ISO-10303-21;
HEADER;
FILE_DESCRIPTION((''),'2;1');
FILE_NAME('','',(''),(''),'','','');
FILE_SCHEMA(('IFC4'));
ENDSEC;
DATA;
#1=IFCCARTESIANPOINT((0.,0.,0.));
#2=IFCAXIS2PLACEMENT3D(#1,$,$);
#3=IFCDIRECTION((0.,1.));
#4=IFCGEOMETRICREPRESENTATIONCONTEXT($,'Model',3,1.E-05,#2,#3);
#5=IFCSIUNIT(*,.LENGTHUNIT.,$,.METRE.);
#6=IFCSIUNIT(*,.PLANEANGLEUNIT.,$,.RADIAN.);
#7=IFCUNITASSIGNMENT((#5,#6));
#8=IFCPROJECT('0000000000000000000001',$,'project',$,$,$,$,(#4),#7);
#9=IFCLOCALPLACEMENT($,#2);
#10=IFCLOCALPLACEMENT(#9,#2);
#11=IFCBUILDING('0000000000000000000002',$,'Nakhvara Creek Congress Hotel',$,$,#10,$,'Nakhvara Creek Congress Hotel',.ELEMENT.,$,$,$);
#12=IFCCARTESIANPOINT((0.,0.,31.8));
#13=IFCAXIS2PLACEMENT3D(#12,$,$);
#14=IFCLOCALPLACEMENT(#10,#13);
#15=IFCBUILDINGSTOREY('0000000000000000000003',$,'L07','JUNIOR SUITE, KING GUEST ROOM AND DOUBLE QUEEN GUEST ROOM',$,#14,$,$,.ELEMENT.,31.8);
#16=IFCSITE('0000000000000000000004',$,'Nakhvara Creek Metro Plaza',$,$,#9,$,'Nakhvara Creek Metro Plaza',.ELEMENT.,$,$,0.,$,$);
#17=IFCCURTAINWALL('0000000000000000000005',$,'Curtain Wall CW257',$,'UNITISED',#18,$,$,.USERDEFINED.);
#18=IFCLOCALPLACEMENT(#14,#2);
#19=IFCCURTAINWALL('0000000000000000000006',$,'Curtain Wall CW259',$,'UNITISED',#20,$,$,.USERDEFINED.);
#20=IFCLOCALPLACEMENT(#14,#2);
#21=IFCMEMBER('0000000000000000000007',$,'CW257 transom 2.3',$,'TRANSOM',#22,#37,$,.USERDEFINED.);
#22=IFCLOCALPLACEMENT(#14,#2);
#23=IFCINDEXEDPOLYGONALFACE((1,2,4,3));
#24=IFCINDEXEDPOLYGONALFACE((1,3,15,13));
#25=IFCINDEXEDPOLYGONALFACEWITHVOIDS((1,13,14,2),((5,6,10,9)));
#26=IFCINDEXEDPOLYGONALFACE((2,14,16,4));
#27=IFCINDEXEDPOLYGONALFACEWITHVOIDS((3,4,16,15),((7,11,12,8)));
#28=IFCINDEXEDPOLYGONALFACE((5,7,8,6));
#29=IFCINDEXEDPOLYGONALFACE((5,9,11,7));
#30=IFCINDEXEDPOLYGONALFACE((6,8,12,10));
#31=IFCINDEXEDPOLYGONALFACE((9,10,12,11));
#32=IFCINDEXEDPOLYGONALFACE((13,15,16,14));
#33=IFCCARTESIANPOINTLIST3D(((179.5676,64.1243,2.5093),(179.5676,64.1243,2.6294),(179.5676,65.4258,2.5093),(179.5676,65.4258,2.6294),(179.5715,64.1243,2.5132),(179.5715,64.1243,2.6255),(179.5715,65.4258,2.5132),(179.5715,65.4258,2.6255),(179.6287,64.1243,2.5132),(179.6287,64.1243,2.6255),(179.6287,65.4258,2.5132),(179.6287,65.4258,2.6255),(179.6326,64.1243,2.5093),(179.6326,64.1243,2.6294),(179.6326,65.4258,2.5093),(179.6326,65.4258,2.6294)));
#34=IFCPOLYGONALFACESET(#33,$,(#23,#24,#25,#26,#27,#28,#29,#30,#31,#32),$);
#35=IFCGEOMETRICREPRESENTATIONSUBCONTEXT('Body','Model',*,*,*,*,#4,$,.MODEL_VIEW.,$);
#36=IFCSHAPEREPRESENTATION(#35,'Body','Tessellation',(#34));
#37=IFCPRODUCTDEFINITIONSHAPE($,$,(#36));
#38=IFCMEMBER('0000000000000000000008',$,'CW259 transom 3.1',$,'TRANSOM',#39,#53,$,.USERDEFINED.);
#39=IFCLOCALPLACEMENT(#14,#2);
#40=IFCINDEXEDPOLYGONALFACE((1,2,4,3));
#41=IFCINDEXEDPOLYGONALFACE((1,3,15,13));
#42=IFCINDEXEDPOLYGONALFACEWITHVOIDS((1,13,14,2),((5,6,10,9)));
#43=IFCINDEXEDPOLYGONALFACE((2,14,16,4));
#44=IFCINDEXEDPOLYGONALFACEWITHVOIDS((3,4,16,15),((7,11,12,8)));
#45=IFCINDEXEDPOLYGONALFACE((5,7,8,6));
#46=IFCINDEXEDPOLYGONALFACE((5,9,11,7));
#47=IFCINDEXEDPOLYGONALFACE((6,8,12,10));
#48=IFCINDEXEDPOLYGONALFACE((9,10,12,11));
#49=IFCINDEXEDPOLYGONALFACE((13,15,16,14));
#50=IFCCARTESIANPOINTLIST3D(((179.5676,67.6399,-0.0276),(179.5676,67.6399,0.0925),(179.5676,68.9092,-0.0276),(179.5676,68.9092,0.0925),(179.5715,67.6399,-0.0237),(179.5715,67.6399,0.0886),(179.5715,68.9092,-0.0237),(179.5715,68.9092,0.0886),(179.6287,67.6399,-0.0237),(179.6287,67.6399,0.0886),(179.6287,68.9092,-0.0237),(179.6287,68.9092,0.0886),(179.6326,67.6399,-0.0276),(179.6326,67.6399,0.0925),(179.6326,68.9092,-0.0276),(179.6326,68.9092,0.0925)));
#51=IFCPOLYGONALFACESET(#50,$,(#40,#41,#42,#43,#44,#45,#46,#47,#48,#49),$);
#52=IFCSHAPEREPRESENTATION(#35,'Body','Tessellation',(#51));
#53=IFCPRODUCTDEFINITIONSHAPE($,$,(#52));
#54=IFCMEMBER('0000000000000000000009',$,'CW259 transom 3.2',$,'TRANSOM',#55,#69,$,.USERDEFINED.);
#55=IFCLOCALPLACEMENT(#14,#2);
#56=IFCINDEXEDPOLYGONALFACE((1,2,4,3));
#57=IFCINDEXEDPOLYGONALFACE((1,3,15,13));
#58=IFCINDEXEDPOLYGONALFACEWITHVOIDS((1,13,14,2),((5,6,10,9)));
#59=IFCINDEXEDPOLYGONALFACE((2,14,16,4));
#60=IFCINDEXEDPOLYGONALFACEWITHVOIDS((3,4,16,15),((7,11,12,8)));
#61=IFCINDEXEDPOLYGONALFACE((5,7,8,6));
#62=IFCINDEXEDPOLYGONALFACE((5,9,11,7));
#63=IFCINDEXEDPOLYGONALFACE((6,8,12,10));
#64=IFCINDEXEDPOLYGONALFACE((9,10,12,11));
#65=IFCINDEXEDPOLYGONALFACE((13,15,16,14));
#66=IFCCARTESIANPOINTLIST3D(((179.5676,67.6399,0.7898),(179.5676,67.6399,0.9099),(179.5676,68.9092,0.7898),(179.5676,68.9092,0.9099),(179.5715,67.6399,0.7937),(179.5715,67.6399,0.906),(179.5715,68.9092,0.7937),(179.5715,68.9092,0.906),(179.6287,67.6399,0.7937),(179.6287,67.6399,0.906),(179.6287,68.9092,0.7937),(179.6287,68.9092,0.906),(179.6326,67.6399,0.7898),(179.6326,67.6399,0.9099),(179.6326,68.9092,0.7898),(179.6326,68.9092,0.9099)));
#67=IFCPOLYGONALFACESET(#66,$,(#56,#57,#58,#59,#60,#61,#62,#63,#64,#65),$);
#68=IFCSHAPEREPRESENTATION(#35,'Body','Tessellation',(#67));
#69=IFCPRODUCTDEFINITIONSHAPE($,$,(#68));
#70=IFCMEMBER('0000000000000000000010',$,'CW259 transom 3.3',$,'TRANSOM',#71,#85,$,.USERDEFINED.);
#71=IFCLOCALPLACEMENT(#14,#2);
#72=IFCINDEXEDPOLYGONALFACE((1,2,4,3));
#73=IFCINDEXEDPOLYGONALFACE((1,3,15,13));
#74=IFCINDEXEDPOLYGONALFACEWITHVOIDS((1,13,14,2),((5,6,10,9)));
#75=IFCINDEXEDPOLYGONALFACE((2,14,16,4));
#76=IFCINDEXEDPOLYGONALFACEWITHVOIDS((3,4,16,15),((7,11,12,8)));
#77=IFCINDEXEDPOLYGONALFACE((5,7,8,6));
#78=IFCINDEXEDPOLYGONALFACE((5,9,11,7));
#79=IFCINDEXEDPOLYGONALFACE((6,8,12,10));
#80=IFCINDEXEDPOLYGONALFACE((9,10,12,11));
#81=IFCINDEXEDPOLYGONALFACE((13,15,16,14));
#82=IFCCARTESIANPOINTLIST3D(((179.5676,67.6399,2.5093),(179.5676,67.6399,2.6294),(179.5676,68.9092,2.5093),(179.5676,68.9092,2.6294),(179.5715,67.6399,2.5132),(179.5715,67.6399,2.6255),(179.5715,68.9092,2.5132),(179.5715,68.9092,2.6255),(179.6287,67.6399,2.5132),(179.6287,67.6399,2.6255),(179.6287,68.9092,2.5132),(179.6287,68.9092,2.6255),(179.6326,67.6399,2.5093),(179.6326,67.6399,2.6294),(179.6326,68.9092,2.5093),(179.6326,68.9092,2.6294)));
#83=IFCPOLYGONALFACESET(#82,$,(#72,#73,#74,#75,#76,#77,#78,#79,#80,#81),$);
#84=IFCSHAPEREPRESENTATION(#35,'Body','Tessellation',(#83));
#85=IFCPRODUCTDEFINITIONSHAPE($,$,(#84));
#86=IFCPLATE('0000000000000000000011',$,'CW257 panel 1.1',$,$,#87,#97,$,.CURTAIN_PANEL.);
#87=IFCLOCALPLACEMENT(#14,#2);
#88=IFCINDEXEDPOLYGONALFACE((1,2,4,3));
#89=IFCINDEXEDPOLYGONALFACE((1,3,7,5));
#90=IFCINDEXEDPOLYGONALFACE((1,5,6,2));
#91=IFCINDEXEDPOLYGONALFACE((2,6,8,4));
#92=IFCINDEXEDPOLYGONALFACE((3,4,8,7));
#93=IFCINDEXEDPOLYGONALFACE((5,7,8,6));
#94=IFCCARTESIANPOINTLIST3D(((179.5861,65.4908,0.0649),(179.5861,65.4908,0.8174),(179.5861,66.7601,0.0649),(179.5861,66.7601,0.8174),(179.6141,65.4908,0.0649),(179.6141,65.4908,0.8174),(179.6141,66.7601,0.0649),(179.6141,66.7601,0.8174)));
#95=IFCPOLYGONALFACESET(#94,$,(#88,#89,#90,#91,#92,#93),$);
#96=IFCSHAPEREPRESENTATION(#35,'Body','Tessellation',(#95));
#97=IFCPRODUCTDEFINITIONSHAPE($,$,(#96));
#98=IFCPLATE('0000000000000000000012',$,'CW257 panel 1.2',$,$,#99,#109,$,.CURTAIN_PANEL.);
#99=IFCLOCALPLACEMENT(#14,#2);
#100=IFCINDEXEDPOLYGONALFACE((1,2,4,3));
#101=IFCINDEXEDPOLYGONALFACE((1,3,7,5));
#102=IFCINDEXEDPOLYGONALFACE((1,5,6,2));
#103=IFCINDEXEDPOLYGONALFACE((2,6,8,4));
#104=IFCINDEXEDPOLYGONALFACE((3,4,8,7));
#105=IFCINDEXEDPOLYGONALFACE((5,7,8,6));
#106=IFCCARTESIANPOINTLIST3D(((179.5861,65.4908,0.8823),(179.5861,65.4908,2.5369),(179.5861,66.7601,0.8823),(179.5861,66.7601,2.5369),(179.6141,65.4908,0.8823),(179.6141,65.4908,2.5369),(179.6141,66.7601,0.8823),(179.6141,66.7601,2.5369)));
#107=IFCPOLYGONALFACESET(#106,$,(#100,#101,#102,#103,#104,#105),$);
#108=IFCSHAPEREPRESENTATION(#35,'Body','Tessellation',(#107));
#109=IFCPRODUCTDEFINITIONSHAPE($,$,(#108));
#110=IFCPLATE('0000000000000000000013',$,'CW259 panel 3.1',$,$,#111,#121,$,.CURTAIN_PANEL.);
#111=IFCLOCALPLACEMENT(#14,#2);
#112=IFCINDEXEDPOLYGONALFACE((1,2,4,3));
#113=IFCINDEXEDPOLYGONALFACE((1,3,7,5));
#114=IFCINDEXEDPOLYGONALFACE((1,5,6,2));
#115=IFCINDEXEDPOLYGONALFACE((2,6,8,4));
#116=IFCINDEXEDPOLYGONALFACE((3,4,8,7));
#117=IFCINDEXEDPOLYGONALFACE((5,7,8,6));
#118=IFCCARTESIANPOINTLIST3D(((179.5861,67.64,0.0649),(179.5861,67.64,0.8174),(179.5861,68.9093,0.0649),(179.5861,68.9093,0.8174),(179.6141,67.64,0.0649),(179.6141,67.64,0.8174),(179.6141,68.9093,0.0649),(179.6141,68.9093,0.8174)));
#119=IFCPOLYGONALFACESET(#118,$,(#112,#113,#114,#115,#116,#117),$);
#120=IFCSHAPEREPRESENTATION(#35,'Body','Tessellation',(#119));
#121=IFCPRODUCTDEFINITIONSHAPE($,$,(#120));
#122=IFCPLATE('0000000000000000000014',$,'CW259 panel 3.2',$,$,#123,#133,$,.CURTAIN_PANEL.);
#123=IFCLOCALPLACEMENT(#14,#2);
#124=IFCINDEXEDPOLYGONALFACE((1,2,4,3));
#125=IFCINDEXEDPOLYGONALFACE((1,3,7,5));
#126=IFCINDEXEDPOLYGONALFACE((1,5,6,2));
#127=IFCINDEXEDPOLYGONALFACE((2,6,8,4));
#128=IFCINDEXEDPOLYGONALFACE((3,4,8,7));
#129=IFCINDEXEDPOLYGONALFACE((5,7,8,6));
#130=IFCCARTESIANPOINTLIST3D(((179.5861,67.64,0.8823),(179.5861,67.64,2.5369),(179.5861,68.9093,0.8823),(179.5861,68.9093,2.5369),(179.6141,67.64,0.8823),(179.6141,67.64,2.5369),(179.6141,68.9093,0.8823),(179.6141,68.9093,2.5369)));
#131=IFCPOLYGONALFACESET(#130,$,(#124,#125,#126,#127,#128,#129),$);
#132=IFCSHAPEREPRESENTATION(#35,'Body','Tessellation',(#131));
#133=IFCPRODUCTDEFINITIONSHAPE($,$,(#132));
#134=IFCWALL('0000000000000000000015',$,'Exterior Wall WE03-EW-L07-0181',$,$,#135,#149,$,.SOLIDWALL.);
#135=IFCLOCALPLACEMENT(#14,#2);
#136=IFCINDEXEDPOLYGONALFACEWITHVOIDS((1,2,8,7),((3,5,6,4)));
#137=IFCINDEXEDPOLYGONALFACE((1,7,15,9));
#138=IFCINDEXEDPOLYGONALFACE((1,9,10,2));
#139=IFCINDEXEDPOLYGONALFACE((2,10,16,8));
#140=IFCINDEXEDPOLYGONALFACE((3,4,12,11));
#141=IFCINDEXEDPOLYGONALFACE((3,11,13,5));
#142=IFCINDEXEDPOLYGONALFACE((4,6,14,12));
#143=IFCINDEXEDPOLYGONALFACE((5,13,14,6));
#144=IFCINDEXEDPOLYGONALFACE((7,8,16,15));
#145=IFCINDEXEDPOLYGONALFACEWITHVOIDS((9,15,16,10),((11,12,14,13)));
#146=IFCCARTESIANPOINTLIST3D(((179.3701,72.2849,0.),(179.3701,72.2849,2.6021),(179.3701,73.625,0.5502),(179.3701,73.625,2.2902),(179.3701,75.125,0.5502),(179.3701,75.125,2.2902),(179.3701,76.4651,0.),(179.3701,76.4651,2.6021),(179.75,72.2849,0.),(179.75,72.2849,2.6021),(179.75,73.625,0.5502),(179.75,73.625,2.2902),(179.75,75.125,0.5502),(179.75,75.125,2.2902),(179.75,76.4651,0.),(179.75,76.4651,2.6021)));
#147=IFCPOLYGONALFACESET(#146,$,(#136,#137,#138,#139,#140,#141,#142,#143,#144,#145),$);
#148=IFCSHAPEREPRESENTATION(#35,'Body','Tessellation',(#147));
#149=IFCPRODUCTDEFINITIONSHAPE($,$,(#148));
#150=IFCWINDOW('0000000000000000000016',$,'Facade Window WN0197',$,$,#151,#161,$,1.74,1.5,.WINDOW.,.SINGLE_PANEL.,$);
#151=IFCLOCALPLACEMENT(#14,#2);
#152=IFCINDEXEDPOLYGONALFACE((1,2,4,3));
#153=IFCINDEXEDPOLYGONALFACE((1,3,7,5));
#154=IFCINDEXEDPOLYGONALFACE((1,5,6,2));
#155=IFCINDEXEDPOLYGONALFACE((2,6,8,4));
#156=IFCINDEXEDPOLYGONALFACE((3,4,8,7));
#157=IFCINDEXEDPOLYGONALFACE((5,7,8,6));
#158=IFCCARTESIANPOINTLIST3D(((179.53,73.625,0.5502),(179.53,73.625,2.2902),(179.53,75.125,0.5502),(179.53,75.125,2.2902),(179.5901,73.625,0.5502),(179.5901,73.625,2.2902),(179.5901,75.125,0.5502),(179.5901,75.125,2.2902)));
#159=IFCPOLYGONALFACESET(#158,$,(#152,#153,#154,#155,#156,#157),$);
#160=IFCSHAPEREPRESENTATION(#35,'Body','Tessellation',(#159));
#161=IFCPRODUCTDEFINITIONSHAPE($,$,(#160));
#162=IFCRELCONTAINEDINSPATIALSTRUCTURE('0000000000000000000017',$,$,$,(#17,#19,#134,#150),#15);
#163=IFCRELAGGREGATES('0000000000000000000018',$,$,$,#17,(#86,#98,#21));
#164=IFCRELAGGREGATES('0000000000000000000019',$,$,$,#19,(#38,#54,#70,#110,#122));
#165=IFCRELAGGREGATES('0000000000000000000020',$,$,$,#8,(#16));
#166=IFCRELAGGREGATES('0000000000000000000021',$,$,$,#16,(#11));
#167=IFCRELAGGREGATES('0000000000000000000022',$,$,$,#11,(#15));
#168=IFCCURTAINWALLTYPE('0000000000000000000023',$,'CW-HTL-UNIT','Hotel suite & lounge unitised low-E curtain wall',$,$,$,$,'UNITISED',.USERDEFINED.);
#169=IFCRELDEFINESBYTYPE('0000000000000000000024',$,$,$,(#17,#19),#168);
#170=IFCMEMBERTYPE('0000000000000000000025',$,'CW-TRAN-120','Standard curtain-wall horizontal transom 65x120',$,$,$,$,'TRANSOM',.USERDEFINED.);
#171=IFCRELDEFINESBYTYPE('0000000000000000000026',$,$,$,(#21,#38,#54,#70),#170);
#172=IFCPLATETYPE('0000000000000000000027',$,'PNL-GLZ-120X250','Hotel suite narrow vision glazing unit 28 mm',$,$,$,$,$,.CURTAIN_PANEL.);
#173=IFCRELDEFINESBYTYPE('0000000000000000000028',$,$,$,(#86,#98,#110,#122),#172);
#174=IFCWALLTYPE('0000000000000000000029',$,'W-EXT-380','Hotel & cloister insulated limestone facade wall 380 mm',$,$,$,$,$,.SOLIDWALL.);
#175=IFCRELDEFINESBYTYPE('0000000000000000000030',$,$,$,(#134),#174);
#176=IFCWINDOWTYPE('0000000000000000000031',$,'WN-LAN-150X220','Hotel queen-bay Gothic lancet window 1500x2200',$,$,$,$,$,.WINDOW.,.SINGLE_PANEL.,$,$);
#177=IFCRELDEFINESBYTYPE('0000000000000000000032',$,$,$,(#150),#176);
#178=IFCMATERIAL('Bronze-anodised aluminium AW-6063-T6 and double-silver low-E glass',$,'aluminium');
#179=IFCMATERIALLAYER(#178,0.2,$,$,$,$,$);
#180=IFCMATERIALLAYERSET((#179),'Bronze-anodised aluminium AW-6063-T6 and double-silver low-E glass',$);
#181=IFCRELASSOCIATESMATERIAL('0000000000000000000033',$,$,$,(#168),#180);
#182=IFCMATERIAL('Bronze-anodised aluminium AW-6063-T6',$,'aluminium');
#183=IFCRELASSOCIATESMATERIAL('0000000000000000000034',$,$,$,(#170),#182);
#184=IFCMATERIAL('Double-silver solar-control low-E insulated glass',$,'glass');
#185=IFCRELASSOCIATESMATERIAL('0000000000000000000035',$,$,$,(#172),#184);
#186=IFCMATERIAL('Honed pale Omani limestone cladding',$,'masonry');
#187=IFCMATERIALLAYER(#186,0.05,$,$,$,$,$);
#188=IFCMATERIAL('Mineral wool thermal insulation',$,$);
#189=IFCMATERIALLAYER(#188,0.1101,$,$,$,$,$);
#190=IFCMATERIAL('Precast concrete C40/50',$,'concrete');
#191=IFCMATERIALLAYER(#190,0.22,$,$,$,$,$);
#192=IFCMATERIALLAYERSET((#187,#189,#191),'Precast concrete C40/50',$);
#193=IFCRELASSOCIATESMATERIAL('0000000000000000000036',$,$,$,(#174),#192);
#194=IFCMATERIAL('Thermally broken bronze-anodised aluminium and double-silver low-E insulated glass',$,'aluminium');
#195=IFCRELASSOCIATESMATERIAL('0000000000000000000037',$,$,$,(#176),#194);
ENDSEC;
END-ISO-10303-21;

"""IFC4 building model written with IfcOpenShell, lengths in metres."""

from ifc_helpers import new_model, si_unit, direction, frame, frame_2d, origin, origin_2d, place, context, subcontext, project, spatial, rectangle, hollow_rectangle, extrude, material, layer, layer_set, material_profile, profile_set, type_object, element, fill, aggregate, save


model = new_model("IFC4")

# Units and contexts
model_context = context("Model", 3, precision=1e-05, world=origin(), true_north=direction((0.0, 1.0)))
body_context = subcontext(model_context, "Body", "Model", "MODEL_VIEW")
ifc_project = project(units=[si_unit("LENGTHUNIT", "METRE"), si_unit("PLANEANGLEUNIT", "RADIAN")], contexts=[model_context])

# Site, building, storey
site_placement = place(None, origin())
site = spatial("IfcSite", under=ifc_project, at=site_placement, Name="Nakhvara Creek Metro Plaza", LongName="Nakhvara Creek Metro Plaza", CompositionType="ELEMENT", RefElevation=0.0)
building_placement = place(site_placement, origin())
building = spatial("IfcBuilding", under=site, at=building_placement, Name="Nakhvara Creek Congress Hotel", LongName="Nakhvara Creek Congress Hotel", CompositionType="ELEMENT")
storey_placement = place(building_placement, frame((0.0, 0.0, 31.8)))
storey = spatial("IfcBuildingStorey", under=building, at=storey_placement, Name="L07", Description="JUNIOR SUITE, KING GUEST ROOM AND DOUBLE QUEEN GUEST ROOM", CompositionType="ELEMENT", Elevation=31.8)

# Curtain wall
ifc_material_1 = material(Name="Bronze-anodised aluminium AW-6063-T6 and double-silver low-E glass", Category="aluminium")
ifc_layer_1 = layer(ifc_material_1, 0.2)
ifc_layer_set_1 = layer_set([ifc_layer_1], Name="Bronze-anodised aluminium AW-6063-T6 and double-silver low-E glass")
curtain_wall_type = type_object("IfcCurtainWallType", Name="CW-HTL-UNIT", Description="Hotel suite & lounge unitised low-E curtain wall", ElementType="UNITISED", PredefinedType="USERDEFINED", material=ifc_layer_set_1)
curtain_wall_1_placement = place(storey_placement, origin())
curtain_wall_1 = element("IfcCurtainWall", 1, at=curtain_wall_1_placement, inside=storey, type_object=curtain_wall_type, Name="Curtain Wall CW257", ObjectType="UNITISED", PredefinedType="USERDEFINED")
ifc_material_2 = material(Name="Bronze-anodised aluminium AW-6063-T6", Category="aluminium")

# Curtain wall
curtain_wall_2_placement = place(storey_placement, origin())
curtain_wall_2 = element("IfcCurtainWall", 2, at=curtain_wall_2_placement, inside=storey, type_object=curtain_wall_type, Name="Curtain Wall CW259", ObjectType="UNITISED", PredefinedType="USERDEFINED")

# Members
ifc_material_profile_1 = material_profile(ifc_material_2, hollow_rectangle(XDim=0.0649, YDim=0.1201, WallThickness=0.0039, at=origin_2d()), Name="ALU-TRAN 65x120x4", Category="LoadBearing")
ifc_profile_set_1 = profile_set([ifc_material_profile_1], Name="Bronze-anodised aluminium AW-6063-T6")
member_type_1 = type_object("IfcMemberType", Name="CW-TRAN-120", Description="Standard curtain-wall horizontal transom 65x120", ElementType="TRANSOM", PredefinedType="USERDEFINED", material=ifc_profile_set_1)
member_1_placement = place(storey_placement, frame((179.6001, 65.4258, 2.5693), z_axis=(0.0, -1.0, 0.0), x_axis=(1.0, 0.0, 0.0)))
member_1 = element("IfcMember", 3, at=member_1_placement, type_object=member_type_1, Name="CW257 transom 2.3", ObjectType="TRANSOM", PredefinedType="USERDEFINED", context=body_context, shape_type="SweptSolid", body=[
    extrude(hollow_rectangle(XDim=0.0649, YDim=0.1201, WallThickness=0.0039, at=origin_2d()), origin(), (0.0, 0.0, 1.0), 1.3015),
])
member_2_placement = place(storey_placement, frame((179.6001, 68.9092, 0.0325), z_axis=(0.0, -1.0, 0.0), x_axis=(1.0, 0.0, 0.0)))
member_2 = element("IfcMember", 4, at=member_2_placement, type_object=member_type_1, Name="CW259 transom 3.1", ObjectType="TRANSOM", PredefinedType="USERDEFINED", context=body_context, shape_type="SweptSolid", body=[
    extrude(hollow_rectangle(XDim=0.0649, YDim=0.1201, WallThickness=0.0039, at=origin_2d()), origin(), (0.0, 0.0, 1.0), 1.2693),
])
member_3_placement = place(storey_placement, frame((179.6001, 68.9092, 0.8499), z_axis=(0.0, -1.0, 0.0), x_axis=(1.0, 0.0, 0.0)))
member_3 = element("IfcMember", 5, at=member_3_placement, type_object=member_type_1, Name="CW259 transom 3.2", ObjectType="TRANSOM", PredefinedType="USERDEFINED", context=body_context, shape_type="SweptSolid", body=[
    extrude(hollow_rectangle(XDim=0.0649, YDim=0.1201, WallThickness=0.0039, at=origin_2d()), origin(), (0.0, 0.0, 1.0), 1.2693),
])
member_4_placement = place(storey_placement, frame((179.6001, 68.9092, 2.5693), z_axis=(0.0, -1.0, 0.0), x_axis=(1.0, 0.0, 0.0)))
member_4 = element("IfcMember", 6, at=member_4_placement, type_object=member_type_1, Name="CW259 transom 3.3", ObjectType="TRANSOM", PredefinedType="USERDEFINED", context=body_context, shape_type="SweptSolid", body=[
    extrude(hollow_rectangle(XDim=0.0649, YDim=0.1201, WallThickness=0.0039, at=origin_2d()), origin(), (0.0, 0.0, 1.0), 1.2693),
])

# Plates
ifc_material_3 = material(Name="Double-silver solar-control low-E insulated glass", Category="glass")
plate_type = type_object("IfcPlateType", Name="PNL-GLZ-120X250", Description="Hotel suite narrow vision glazing unit 28 mm", PredefinedType="CURTAIN_PANEL", material=ifc_material_3)
plate_1_placement = place(storey_placement, frame((179.6001, 66.1255, 0.0649), z_axis=(0.0, 0.0, 1.0), x_axis=(0.0, -1.0, 0.0)))
plate_1 = element("IfcPlate", 7, at=plate_1_placement, type_object=plate_type, Name="CW257 panel 1.1", PredefinedType="CURTAIN_PANEL", context=body_context, shape_type="SweptSolid", body=[
    extrude(rectangle(XDim=1.2693, YDim=0.0281, at=origin_2d()), origin(), (0.0, 0.0, 1.0), 0.7524),
])
plate_2_placement = place(storey_placement, frame((179.6001, 66.1255, 0.8823), z_axis=(0.0, 0.0, 1.0), x_axis=(0.0, -1.0, 0.0)))
plate_2 = element("IfcPlate", 8, at=plate_2_placement, type_object=plate_type, Name="CW257 panel 1.2", PredefinedType="CURTAIN_PANEL", context=body_context, shape_type="SweptSolid", body=[
    extrude(rectangle(XDim=1.2693, YDim=0.0281, at=origin_2d()), origin(), (0.0, 0.0, 1.0), 1.6545),
])
aggregate(curtain_wall_1, [plate_1, plate_2, member_1])
plate_3_placement = place(storey_placement, frame((179.6001, 68.2747, 0.0649), z_axis=(0.0, 0.0, 1.0), x_axis=(0.0, -1.0, 0.0)))
plate_3 = element("IfcPlate", 9, at=plate_3_placement, type_object=plate_type, Name="CW259 panel 3.1", PredefinedType="CURTAIN_PANEL", context=body_context, shape_type="SweptSolid", body=[
    extrude(rectangle(XDim=1.2693, YDim=0.0281, at=origin_2d()), origin(), (0.0, 0.0, 1.0), 0.7524),
])
plate_4_placement = place(storey_placement, frame((179.6001, 68.2747, 0.8823), z_axis=(0.0, 0.0, 1.0), x_axis=(0.0, -1.0, 0.0)))
plate_4 = element("IfcPlate", 10, at=plate_4_placement, type_object=plate_type, Name="CW259 panel 3.2", PredefinedType="CURTAIN_PANEL", context=body_context, shape_type="SweptSolid", body=[
    extrude(rectangle(XDim=1.2693, YDim=0.0281, at=origin_2d()), origin(), (0.0, 0.0, 1.0), 1.6545),
])
aggregate(curtain_wall_2, [member_2, member_3, member_4, plate_3, plate_4])

# Wall, opening, window
ifc_material_4 = material(Name="Honed pale Omani limestone cladding", Category="masonry")
ifc_layer_2 = layer(ifc_material_4, 0.05)
ifc_material_5 = material(Name="Mineral wool thermal insulation")
ifc_layer_3 = layer(ifc_material_5, 0.1101)
ifc_material_6 = material(Name="Precast concrete C40/50", Category="concrete")
ifc_layer_4 = layer(ifc_material_6, 0.22)
ifc_layer_set_2 = layer_set([ifc_layer_2, ifc_layer_3, ifc_layer_4], Name="Precast concrete C40/50")
wall_type = type_object("IfcWallType", Name="W-EXT-380", Description="Hotel & cloister insulated limestone facade wall 380 mm", PredefinedType="SOLIDWALL", material=ifc_layer_set_2)
wall_placement = place(storey_placement, frame((179.5601, 76.4651, 0.0), z_axis=(0.0, 0.0, 1.0), x_axis=(0.0, -1.0, 0.0)))
wall = element("IfcWall", 11, at=wall_placement, inside=storey, type_object=wall_type, Name="Exterior Wall WE03-EW-L07-0181", PredefinedType="SOLIDWALL", context=body_context, shape_type="SweptSolid", body=[
    extrude(rectangle(XDim=4.1802, YDim=0.3799, at=frame_2d((2.0901, 0.0))), origin(), (0.0, 0.0, 1.0), 2.6021),
])
opening_placement = place(wall_placement, frame((1.3401, 0.0, 0.55)))
opening = element("IfcOpeningElement", 12, at=opening_placement, cuts=wall, PredefinedType="OPENING", context=body_context, shape_type="SweptSolid", body=[
    extrude(rectangle(XDim=1.5, YDim=1.74, at=frame_2d((0.75, 0.8701))), frame((0.0, 0.2019, 0.0), z_axis=(0.0, -1.0, 0.0), x_axis=(1.0, 0.0, 0.0)), (0.0, 0.0, 1.0), 0.4038),
])
ifc_material_7 = material(Name="Thermally broken bronze-anodised aluminium and double-silver low-E insulated glass", Category="aluminium")
window_type = type_object("IfcWindowType", Name="WN-LAN-150X220", Description="Hotel queen-bay Gothic lancet window 1500x2200", PartitioningType="SINGLE_PANEL", PredefinedType="WINDOW", material=ifc_material_7)
window_placement = place(opening_placement, origin())
window = element("IfcWindow", 13, at=window_placement, inside=storey, type_object=window_type, Name="Facade Window WN0197", OverallHeight=1.74, OverallWidth=1.5, PartitioningType="SINGLE_PANEL", PredefinedType="WINDOW", context=body_context, shape_type="SweptSolid", body=[
    extrude(rectangle(XDim=1.5, YDim=1.74, at=frame_2d((0.75, 0.8701))), frame((0.0, 0.03, 0.0), z_axis=(0.0, -1.0, 0.0), x_axis=(1.0, 0.0, 0.0)), (0.0, 0.0, 1.0), 0.0601),
])
fill(opening, window)

save(model, "model.ifc")
